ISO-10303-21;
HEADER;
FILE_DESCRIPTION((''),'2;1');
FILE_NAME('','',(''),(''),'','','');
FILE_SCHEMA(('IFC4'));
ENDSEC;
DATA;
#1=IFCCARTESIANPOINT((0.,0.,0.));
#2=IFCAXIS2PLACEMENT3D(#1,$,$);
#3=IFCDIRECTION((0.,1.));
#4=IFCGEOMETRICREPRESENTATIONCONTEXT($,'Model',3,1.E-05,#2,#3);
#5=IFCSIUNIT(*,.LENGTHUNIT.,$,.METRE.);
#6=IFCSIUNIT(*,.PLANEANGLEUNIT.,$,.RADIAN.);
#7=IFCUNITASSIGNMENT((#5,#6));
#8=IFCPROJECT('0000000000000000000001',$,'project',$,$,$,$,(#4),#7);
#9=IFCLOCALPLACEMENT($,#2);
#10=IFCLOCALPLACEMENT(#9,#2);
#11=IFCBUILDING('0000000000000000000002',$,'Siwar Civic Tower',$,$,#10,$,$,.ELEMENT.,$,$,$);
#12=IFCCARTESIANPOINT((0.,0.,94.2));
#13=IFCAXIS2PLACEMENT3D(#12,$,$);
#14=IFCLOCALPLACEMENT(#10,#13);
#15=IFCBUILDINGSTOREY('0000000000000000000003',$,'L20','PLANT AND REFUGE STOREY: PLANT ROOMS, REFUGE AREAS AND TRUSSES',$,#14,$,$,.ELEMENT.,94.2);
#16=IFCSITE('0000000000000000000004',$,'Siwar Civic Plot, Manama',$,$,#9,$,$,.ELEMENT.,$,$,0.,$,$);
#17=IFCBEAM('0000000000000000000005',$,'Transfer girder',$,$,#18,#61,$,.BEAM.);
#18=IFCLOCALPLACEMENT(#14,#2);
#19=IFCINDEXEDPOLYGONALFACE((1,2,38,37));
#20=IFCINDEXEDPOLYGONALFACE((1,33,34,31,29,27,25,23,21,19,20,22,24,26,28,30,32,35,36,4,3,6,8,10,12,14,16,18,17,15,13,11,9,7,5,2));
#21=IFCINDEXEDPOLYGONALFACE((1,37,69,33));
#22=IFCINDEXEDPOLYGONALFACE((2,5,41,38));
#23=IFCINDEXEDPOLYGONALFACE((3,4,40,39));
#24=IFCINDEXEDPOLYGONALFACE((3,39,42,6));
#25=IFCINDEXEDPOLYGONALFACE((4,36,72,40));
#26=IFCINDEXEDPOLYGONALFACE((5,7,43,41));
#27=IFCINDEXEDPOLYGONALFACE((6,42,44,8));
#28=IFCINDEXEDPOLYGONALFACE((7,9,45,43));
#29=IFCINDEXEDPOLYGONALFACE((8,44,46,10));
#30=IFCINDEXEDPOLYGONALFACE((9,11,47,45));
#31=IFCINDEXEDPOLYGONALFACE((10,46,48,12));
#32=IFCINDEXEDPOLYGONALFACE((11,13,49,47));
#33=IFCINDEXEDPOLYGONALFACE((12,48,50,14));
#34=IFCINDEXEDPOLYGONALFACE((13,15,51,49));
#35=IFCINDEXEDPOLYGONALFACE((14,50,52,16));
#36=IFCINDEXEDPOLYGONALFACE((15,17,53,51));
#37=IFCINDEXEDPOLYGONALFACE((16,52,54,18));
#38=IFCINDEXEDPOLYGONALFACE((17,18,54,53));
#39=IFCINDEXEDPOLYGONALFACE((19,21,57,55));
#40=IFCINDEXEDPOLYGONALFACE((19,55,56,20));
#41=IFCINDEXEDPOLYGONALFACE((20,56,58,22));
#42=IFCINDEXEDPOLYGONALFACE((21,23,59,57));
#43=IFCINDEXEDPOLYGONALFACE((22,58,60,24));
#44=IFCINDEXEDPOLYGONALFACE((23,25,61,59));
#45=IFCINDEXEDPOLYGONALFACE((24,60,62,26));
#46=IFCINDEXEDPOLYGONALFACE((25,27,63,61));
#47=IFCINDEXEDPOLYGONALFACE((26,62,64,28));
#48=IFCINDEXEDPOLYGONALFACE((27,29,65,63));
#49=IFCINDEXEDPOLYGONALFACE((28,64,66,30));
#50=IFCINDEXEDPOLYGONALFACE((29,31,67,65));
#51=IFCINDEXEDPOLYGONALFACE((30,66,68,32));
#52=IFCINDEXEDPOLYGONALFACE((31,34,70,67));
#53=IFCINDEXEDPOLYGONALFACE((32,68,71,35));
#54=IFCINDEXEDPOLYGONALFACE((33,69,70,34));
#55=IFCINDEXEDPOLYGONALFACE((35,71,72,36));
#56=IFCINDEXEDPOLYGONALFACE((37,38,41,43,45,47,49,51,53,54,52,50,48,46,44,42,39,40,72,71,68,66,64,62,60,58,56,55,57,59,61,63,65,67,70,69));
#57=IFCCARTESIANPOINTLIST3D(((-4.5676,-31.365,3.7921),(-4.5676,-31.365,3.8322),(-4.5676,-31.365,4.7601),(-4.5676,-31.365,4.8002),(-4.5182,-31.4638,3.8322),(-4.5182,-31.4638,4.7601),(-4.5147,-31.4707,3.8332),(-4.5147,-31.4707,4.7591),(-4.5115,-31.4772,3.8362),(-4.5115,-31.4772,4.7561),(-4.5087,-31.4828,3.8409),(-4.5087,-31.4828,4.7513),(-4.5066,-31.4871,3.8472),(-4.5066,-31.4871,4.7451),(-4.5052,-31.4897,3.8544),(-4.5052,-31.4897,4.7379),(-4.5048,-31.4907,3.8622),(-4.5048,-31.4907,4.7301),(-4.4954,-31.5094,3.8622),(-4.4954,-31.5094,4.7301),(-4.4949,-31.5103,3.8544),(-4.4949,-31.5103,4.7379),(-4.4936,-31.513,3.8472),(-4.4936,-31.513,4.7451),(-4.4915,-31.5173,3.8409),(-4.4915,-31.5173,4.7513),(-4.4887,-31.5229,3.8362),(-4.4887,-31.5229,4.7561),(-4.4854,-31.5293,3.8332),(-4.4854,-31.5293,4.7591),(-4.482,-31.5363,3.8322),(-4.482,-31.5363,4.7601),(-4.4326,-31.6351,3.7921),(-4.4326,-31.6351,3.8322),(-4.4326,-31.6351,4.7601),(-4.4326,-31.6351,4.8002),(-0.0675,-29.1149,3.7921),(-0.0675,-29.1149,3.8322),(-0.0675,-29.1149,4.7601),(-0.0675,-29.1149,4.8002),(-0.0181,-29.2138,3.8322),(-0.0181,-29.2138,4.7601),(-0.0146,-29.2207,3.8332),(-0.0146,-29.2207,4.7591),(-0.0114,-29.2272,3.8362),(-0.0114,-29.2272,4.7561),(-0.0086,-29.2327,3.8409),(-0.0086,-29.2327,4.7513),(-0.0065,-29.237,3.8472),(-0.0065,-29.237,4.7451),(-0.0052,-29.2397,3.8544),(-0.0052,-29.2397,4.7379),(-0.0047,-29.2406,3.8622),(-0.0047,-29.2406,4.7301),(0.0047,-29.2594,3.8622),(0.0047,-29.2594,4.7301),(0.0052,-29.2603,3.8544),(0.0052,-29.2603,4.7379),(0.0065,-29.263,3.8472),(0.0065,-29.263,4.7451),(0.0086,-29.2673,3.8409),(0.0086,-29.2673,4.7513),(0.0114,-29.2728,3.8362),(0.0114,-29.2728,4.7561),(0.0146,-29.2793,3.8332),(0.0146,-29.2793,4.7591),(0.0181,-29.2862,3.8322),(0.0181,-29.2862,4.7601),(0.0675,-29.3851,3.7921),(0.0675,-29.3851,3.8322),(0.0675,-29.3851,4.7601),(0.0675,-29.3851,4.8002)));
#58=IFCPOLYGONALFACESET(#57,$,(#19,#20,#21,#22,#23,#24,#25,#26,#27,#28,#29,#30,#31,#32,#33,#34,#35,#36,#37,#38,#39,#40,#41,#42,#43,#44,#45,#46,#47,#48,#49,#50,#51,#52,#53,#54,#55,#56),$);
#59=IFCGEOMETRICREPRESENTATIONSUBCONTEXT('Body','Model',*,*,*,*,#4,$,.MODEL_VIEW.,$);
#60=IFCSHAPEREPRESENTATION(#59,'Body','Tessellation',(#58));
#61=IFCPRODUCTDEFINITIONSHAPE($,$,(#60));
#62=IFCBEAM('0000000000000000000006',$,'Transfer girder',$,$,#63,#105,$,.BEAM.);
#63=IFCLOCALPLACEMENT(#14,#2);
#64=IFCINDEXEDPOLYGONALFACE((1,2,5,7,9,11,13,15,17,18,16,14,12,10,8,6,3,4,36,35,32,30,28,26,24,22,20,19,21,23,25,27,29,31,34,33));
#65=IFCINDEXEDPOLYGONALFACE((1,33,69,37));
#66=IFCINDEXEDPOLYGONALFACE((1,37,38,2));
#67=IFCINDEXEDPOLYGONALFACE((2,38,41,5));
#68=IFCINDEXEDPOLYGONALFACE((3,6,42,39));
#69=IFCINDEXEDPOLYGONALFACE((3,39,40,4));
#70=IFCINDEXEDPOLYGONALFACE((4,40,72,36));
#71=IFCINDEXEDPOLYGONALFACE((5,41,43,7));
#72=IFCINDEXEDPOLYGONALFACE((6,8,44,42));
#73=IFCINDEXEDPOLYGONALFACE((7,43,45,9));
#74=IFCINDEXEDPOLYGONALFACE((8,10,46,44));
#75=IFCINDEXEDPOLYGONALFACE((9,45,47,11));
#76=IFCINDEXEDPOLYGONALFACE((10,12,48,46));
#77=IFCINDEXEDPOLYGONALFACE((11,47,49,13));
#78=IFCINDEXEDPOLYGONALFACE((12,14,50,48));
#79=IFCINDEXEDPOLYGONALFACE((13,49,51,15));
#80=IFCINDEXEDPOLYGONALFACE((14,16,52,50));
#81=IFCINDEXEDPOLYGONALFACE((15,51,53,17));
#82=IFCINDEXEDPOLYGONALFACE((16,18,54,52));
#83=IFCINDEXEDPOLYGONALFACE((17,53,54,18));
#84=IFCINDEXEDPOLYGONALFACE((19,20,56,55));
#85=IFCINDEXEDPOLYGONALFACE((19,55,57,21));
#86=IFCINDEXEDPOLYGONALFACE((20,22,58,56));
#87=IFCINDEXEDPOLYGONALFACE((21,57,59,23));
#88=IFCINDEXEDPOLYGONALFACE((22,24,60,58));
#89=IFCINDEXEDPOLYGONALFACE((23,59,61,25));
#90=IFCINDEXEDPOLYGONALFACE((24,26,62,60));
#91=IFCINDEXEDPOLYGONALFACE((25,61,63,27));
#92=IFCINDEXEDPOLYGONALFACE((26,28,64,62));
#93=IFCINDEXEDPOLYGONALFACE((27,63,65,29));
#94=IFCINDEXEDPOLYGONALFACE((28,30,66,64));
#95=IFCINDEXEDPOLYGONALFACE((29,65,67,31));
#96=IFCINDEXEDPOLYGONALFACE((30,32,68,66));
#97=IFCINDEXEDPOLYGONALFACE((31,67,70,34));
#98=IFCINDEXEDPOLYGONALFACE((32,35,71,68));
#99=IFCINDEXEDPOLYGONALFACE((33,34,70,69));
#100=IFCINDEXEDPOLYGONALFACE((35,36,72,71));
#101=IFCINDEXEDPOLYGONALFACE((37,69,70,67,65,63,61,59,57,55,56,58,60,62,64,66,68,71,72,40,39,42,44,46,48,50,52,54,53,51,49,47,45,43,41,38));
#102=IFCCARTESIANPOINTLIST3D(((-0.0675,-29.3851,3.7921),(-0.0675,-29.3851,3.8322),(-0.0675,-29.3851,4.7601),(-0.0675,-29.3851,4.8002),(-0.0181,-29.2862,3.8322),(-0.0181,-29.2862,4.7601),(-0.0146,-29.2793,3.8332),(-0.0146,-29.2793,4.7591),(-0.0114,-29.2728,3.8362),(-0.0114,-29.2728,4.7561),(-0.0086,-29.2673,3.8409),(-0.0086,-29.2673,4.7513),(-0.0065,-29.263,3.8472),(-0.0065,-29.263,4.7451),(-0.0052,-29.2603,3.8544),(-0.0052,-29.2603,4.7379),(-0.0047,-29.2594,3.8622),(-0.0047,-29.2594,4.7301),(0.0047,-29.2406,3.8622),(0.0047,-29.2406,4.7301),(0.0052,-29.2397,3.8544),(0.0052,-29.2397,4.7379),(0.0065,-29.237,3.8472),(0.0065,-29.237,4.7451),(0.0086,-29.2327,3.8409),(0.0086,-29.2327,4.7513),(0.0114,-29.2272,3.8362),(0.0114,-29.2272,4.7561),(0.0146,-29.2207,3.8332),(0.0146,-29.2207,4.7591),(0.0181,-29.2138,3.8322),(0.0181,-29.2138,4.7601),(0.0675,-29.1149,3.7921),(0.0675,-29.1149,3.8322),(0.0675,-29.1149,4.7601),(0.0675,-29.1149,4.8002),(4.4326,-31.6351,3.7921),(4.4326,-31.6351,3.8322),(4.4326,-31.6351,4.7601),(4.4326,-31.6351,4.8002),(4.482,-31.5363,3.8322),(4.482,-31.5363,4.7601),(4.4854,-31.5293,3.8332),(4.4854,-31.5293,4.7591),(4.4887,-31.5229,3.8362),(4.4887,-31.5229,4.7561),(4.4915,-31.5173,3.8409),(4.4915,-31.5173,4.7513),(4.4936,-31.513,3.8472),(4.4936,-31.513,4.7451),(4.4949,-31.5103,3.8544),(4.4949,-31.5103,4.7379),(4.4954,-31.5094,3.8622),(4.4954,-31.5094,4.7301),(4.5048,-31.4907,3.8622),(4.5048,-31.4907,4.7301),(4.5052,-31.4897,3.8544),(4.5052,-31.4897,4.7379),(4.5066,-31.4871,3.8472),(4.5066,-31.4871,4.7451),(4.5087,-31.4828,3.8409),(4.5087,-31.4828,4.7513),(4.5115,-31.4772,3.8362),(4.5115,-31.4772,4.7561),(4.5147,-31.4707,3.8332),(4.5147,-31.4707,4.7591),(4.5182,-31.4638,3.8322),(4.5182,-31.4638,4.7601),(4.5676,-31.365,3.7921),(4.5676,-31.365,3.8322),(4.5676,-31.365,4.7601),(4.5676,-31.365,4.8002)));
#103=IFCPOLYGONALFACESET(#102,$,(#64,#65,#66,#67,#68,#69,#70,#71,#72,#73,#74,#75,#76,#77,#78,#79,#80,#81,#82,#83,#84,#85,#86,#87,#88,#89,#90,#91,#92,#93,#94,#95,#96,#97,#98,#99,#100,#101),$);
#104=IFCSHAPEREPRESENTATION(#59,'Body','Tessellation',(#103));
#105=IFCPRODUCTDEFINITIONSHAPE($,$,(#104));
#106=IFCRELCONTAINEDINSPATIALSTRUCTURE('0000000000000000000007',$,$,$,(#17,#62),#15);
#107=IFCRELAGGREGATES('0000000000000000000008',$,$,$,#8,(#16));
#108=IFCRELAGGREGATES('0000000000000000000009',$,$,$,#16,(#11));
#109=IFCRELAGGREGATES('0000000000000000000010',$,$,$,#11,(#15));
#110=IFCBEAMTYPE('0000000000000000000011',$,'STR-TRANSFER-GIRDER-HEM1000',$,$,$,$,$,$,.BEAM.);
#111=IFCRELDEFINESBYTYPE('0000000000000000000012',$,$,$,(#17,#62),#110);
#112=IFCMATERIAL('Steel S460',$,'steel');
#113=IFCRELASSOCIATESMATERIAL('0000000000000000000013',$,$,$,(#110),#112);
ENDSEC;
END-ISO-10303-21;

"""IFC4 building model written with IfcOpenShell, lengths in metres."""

from ifc_helpers import new_model, si_unit, direction, frame, origin, origin_2d, place, context, subcontext, project, spatial, i_section, extrude, material, material_profile, profile_set, type_object, element, save


model = new_model("IFC4")

# Units and contexts
model_context = context("Model", 3, precision=1e-05, world=origin(), true_north=direction((0.0, 1.0)))
body_context = subcontext(model_context, "Body", "Model", "MODEL_VIEW")
ifc_project = project(units=[si_unit("LENGTHUNIT", "METRE"), si_unit("PLANEANGLEUNIT", "RADIAN")], contexts=[model_context])

# Site, building, storey
site_placement = place(None, origin())
site = spatial("IfcSite", under=ifc_project, at=site_placement, Name="Siwar Civic Plot, Manama", CompositionType="ELEMENT", RefElevation=0.0)
building_placement = place(site_placement, origin())
building = spatial("IfcBuilding", under=site, at=building_placement, Name="Siwar Civic Tower", CompositionType="ELEMENT")
storey_placement = place(building_placement, frame((0.0, 0.0, 94.2)))
storey = spatial("IfcBuildingStorey", under=building, at=storey_placement, Name="L20", Description="PLANT AND REFUGE STOREY: PLANT ROOMS, REFUGE AREAS AND TRUSSES", CompositionType="ELEMENT", Elevation=94.2)

# Beams
ifc_material_1 = material(Name="Steel S460", Category="steel")
ifc_material_profile_1 = material_profile(ifc_material_1, i_section(OverallWidth=0.302, OverallDepth=1.0081, WebThickness=0.021, FlangeThickness=0.04, FilletRadius=0.03, at=origin_2d()), Name="HEM1000")
ifc_profile_set_1 = profile_set([ifc_material_profile_1], Name="Steel S460")
beam_type_1 = type_object("IfcBeamType", Name="STR-TRANSFER-GIRDER-HEM1000", PredefinedType="BEAM", material=ifc_profile_set_1)
for number, where, z_axis, x_axis, name in (
    (1, (0.0, -29.25, 4.2961), (-0.894427, -0.447214, 0.0), (0.447214, -0.894427, 0.0), "Transfer girder"),
    (2, (0.0, -29.25, 4.2961), (0.894427, -0.447214, 0.0), (0.447214, 0.894427, 0.0), "Transfer girder"),
):
    element("IfcBeam", number, at=place(storey_placement, frame(where, z_axis=z_axis, x_axis=x_axis)), inside=storey, type_object=beam_type_1, Name=name, PredefinedType="BEAM", context=body_context, shape_type="SweptSolid", body=[
        extrude(i_section(OverallWidth=0.302, OverallDepth=1.0081, WebThickness=0.021, FlangeThickness=0.04, FilletRadius=0.03, at=origin_2d()), origin(), (0.0, 0.0, 1.0), 5.0312),
    ])

save(model, "model.ifc")
